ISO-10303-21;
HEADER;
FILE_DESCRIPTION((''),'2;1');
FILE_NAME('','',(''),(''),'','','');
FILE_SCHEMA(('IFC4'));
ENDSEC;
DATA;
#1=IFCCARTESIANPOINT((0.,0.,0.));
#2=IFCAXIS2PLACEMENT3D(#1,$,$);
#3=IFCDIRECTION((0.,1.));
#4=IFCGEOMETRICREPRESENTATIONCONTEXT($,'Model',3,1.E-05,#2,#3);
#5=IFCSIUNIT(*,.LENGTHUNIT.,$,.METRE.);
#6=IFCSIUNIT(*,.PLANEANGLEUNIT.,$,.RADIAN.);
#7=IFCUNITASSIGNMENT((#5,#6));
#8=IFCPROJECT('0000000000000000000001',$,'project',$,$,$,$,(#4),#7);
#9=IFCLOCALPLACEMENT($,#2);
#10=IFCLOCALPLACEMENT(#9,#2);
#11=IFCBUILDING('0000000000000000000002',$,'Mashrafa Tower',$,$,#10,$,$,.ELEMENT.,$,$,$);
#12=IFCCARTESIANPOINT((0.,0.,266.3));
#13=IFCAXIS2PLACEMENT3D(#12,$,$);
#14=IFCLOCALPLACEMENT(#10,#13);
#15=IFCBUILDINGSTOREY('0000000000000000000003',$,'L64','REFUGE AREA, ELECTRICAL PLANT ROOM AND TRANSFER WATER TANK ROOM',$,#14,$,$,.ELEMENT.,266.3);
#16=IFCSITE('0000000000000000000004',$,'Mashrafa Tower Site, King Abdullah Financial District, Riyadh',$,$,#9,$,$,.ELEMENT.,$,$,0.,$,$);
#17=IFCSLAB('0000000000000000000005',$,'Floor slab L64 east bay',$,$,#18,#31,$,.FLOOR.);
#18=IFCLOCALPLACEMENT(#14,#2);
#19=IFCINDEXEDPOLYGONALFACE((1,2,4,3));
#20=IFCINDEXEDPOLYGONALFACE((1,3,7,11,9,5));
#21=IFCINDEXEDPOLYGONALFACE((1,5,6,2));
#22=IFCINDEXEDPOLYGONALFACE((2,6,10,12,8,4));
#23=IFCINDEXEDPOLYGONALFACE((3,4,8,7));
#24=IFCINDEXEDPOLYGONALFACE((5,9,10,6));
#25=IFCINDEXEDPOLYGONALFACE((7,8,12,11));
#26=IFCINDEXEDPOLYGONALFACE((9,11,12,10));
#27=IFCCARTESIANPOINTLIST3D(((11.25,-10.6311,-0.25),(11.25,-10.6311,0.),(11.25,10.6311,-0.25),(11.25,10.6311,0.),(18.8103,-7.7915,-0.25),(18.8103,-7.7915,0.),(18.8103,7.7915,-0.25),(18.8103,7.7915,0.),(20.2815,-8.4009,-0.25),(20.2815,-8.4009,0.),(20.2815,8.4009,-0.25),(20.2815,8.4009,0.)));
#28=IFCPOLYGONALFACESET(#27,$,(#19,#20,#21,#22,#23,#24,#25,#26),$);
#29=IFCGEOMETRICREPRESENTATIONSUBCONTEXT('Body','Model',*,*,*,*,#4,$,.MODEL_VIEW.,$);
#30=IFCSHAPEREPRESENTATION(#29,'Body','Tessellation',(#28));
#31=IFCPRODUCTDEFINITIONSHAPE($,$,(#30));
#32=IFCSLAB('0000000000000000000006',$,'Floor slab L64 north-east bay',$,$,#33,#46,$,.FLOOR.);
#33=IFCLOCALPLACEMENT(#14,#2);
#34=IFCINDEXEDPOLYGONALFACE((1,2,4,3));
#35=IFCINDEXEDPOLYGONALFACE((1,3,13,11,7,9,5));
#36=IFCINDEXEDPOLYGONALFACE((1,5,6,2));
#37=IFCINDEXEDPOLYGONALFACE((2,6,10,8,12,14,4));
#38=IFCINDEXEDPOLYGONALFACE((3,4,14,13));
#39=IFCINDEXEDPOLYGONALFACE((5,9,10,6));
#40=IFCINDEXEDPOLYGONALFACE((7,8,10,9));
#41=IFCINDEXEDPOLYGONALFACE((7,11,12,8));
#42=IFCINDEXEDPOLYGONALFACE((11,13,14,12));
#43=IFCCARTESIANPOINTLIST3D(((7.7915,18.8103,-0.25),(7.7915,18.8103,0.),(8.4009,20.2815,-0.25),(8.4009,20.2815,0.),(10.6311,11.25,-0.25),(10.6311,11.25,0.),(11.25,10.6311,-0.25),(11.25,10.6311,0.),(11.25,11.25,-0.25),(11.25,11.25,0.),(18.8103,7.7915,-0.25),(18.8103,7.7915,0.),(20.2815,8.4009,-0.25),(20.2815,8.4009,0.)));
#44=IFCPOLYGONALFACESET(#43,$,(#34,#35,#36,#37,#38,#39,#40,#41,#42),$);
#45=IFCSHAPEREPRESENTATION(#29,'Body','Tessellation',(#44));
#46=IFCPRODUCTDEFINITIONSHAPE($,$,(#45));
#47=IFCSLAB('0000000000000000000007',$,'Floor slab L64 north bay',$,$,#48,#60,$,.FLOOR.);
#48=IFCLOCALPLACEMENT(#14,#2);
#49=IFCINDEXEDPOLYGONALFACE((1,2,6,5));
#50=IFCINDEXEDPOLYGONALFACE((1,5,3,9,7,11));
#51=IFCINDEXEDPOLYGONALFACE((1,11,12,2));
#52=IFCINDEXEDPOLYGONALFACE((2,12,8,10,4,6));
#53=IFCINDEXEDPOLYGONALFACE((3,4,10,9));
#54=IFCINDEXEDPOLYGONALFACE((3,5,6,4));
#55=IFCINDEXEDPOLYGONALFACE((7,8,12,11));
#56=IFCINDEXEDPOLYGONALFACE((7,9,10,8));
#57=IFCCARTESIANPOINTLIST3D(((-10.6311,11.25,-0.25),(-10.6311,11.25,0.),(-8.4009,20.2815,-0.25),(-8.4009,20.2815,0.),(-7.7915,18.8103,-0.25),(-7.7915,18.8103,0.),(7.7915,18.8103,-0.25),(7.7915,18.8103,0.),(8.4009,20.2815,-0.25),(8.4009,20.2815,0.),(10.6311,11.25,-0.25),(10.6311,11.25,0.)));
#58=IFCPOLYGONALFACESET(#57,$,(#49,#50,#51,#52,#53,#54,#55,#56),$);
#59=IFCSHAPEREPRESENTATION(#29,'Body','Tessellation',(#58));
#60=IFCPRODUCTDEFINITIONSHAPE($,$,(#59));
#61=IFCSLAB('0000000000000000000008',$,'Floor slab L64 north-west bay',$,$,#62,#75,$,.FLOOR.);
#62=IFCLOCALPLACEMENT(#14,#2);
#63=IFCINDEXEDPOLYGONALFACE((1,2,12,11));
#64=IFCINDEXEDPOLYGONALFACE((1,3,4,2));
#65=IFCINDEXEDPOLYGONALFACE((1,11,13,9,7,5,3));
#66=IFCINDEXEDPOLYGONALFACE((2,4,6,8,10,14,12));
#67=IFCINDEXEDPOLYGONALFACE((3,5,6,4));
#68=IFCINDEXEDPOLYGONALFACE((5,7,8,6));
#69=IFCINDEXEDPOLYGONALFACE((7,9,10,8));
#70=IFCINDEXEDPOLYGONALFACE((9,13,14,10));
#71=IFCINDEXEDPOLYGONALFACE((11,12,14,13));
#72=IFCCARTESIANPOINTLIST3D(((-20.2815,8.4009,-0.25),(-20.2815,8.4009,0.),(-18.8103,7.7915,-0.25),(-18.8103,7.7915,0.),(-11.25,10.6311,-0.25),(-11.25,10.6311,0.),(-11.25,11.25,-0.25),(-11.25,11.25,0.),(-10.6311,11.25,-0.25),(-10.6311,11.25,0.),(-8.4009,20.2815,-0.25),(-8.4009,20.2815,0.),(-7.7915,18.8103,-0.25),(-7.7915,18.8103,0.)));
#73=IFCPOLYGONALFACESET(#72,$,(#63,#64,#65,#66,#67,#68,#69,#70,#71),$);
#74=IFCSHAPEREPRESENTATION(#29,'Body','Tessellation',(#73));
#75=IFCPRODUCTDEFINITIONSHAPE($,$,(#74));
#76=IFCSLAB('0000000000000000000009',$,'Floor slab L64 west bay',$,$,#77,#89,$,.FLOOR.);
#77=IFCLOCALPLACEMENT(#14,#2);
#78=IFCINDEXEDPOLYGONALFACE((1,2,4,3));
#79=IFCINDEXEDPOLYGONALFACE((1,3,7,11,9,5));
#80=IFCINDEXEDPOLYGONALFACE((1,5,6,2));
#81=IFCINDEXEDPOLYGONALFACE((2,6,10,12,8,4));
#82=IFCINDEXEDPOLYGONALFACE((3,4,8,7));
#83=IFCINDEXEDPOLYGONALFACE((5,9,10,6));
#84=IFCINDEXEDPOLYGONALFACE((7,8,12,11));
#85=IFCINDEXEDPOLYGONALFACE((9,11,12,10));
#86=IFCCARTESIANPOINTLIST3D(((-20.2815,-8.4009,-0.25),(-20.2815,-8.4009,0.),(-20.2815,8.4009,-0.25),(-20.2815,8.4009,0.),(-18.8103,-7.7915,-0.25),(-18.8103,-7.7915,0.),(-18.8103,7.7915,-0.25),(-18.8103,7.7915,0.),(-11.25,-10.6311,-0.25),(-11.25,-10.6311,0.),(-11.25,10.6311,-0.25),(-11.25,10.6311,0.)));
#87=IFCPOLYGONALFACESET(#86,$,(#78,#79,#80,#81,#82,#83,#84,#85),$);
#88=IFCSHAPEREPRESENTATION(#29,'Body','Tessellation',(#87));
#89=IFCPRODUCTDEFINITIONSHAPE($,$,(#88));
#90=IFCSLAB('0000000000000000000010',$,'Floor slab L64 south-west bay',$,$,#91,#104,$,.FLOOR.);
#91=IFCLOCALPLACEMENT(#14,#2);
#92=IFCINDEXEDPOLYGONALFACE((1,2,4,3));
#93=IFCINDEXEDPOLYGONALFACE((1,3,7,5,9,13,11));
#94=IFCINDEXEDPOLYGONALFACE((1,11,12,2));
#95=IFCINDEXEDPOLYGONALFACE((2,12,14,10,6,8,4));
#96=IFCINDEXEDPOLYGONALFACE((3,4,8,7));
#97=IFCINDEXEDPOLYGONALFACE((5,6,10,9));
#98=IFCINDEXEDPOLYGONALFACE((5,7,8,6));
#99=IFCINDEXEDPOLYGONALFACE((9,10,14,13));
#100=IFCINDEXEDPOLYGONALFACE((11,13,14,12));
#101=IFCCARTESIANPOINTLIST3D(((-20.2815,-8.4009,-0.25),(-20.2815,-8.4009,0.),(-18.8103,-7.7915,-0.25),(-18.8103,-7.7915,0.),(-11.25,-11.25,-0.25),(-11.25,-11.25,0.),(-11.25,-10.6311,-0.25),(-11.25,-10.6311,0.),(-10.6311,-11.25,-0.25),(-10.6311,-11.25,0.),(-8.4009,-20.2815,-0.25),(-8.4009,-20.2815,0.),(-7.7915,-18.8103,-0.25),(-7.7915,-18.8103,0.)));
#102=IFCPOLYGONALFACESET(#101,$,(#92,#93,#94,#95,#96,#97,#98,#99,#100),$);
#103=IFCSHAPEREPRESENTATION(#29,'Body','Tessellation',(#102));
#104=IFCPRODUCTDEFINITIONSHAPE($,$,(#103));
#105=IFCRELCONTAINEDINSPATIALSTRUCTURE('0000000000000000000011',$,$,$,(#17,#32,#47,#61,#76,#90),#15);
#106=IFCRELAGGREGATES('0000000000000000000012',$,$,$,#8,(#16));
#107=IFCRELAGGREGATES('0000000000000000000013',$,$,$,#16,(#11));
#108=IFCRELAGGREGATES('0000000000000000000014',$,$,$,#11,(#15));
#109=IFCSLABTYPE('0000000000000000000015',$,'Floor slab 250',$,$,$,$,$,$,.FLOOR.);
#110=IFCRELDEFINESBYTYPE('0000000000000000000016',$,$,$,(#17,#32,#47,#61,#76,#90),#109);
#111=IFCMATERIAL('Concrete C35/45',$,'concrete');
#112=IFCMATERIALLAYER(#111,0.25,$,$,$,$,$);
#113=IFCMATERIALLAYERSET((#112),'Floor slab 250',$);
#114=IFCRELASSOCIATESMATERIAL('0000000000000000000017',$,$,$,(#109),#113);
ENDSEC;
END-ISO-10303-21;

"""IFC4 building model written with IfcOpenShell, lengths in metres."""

from ifc_helpers import new_model, si_unit, direction, frame, origin, place, context, subcontext, project, spatial, polyline, outline, extrude, material, layer, layer_set, type_object, element, save


model = new_model("IFC4")

# Units and contexts
model_context = context("Model", 3, precision=1e-05, world=origin(), true_north=direction((0.0, 1.0)))
body_context = subcontext(model_context, "Body", "Model", "MODEL_VIEW")
ifc_project = project(units=[si_unit("LENGTHUNIT", "METRE"), si_unit("PLANEANGLEUNIT", "RADIAN")], contexts=[model_context])

# Site, building, storey
site_placement = place(None, origin())
site = spatial("IfcSite", under=ifc_project, at=site_placement, Name="Mashrafa Tower Site, King Abdullah Financial District, Riyadh", CompositionType="ELEMENT", RefElevation=0.0)
building_placement = place(site_placement, origin())
building = spatial("IfcBuilding", under=site, at=building_placement, Name="Mashrafa Tower", CompositionType="ELEMENT")
storey_placement = place(building_placement, frame((0.0, 0.0, 266.3)))
storey = spatial("IfcBuildingStorey", under=building, at=storey_placement, Name="L64", Description="REFUGE AREA, ELECTRICAL PLANT ROOM AND TRANSFER WATER TANK ROOM", CompositionType="ELEMENT", Elevation=266.3)

# Slabs
ifc_material_1 = material(Name="Concrete C35/45", Category="concrete")
ifc_layer_1 = layer(ifc_material_1, 0.25)
ifc_layer_set_1 = layer_set([ifc_layer_1], Name="Floor slab 250")
slab_type = type_object("IfcSlabType", Name="Floor slab 250", PredefinedType="FLOOR", material=ifc_layer_set_1)
slab_1_placement = place(storey_placement, frame((0.0, 0.0, -0.25)))
element("IfcSlab", 1, at=slab_1_placement, inside=storey, type_object=slab_type, Name="Floor slab L64 east bay", PredefinedType="FLOOR", context=body_context, shape_type="SweptSolid", body=[
    extrude(outline(polyline([(20.2815, 8.4009), (20.2815, -8.4009), (20.2815, -8.4009), (18.8103, -7.7915), (11.25, -10.6311), (11.25, 10.6311), (18.8103, 7.7915), (20.2815, 8.4009), (20.2815, 8.4009)])), origin(), (0.0, 0.0, 1.0), 0.25),
])
slab_2_placement = place(storey_placement, frame((0.0, 0.0, -0.25)))
element("IfcSlab", 2, at=slab_2_placement, inside=storey, type_object=slab_type, Name="Floor slab L64 north-east bay", PredefinedType="FLOOR", context=body_context, shape_type="SweptSolid", body=[
    extrude(outline(polyline([(20.2815, 8.4009), (18.8103, 7.7915), (11.25, 10.6311), (11.25, 11.25), (10.6311, 11.25), (7.7915, 18.8103), (8.4009, 20.2815), (20.2815, 8.4009)])), origin(), (0.0, 0.0, 1.0), 0.25),
])
slab_3_placement = place(storey_placement, frame((0.0, 0.0, -0.25)))
element("IfcSlab", 3, at=slab_3_placement, inside=storey, type_object=slab_type, Name="Floor slab L64 north bay", PredefinedType="FLOOR", context=body_context, shape_type="SweptSolid", body=[
    extrude(outline(polyline([(-8.4009, 20.2815), (8.4009, 20.2815), (8.4009, 20.2815), (7.7915, 18.8103), (10.6311, 11.25), (-10.6311, 11.25), (-7.7915, 18.8103), (-8.4009, 20.2815), (-8.4009, 20.2815)])), origin(), (0.0, 0.0, 1.0), 0.25),
])
slab_4_placement = place(storey_placement, frame((0.0, 0.0, -0.25)))
element("IfcSlab", 4, at=slab_4_placement, inside=storey, type_object=slab_type, Name="Floor slab L64 north-west bay", PredefinedType="FLOOR", context=body_context, shape_type="SweptSolid", body=[
    extrude(outline(polyline([(-8.4009, 20.2815), (-7.7915, 18.8103), (-10.6311, 11.25), (-11.25, 11.25), (-11.25, 10.6311), (-18.8103, 7.7915), (-20.2815, 8.4009), (-8.4009, 20.2815)])), origin(), (0.0, 0.0, 1.0), 0.25),
])
slab_5_placement = place(storey_placement, frame((0.0, 0.0, -0.25)))
element("IfcSlab", 5, at=slab_5_placement, inside=storey, type_object=slab_type, Name="Floor slab L64 west bay", PredefinedType="FLOOR", context=body_context, shape_type="SweptSolid", body=[
    extrude(outline(polyline([(-20.2815, -8.4009), (-20.2815, 8.4009), (-20.2815, 8.4009), (-18.8103, 7.7915), (-11.25, 10.6311), (-11.25, -10.6311), (-18.8103, -7.7915), (-20.2815, -8.4009), (-20.2815, -8.4009)])), origin(), (0.0, 0.0, 1.0), 0.25),
])
slab_6_placement = place(storey_placement, frame((0.0, 0.0, -0.25)))
element("IfcSlab", 6, at=slab_6_placement, inside=storey, type_object=slab_type, Name="Floor slab L64 south-west bay", PredefinedType="FLOOR", context=body_context, shape_type="SweptSolid", body=[
    extrude(outline(polyline([(-20.2815, -8.4009), (-18.8103, -7.7915), (-11.25, -10.6311), (-11.25, -11.25), (-10.6311, -11.25), (-7.7915, -18.8103), (-8.4009, -20.2815), (-20.2815, -8.4009)])), origin(), (0.0, 0.0, 1.0), 0.25),
])

save(model, "model.ifc")
